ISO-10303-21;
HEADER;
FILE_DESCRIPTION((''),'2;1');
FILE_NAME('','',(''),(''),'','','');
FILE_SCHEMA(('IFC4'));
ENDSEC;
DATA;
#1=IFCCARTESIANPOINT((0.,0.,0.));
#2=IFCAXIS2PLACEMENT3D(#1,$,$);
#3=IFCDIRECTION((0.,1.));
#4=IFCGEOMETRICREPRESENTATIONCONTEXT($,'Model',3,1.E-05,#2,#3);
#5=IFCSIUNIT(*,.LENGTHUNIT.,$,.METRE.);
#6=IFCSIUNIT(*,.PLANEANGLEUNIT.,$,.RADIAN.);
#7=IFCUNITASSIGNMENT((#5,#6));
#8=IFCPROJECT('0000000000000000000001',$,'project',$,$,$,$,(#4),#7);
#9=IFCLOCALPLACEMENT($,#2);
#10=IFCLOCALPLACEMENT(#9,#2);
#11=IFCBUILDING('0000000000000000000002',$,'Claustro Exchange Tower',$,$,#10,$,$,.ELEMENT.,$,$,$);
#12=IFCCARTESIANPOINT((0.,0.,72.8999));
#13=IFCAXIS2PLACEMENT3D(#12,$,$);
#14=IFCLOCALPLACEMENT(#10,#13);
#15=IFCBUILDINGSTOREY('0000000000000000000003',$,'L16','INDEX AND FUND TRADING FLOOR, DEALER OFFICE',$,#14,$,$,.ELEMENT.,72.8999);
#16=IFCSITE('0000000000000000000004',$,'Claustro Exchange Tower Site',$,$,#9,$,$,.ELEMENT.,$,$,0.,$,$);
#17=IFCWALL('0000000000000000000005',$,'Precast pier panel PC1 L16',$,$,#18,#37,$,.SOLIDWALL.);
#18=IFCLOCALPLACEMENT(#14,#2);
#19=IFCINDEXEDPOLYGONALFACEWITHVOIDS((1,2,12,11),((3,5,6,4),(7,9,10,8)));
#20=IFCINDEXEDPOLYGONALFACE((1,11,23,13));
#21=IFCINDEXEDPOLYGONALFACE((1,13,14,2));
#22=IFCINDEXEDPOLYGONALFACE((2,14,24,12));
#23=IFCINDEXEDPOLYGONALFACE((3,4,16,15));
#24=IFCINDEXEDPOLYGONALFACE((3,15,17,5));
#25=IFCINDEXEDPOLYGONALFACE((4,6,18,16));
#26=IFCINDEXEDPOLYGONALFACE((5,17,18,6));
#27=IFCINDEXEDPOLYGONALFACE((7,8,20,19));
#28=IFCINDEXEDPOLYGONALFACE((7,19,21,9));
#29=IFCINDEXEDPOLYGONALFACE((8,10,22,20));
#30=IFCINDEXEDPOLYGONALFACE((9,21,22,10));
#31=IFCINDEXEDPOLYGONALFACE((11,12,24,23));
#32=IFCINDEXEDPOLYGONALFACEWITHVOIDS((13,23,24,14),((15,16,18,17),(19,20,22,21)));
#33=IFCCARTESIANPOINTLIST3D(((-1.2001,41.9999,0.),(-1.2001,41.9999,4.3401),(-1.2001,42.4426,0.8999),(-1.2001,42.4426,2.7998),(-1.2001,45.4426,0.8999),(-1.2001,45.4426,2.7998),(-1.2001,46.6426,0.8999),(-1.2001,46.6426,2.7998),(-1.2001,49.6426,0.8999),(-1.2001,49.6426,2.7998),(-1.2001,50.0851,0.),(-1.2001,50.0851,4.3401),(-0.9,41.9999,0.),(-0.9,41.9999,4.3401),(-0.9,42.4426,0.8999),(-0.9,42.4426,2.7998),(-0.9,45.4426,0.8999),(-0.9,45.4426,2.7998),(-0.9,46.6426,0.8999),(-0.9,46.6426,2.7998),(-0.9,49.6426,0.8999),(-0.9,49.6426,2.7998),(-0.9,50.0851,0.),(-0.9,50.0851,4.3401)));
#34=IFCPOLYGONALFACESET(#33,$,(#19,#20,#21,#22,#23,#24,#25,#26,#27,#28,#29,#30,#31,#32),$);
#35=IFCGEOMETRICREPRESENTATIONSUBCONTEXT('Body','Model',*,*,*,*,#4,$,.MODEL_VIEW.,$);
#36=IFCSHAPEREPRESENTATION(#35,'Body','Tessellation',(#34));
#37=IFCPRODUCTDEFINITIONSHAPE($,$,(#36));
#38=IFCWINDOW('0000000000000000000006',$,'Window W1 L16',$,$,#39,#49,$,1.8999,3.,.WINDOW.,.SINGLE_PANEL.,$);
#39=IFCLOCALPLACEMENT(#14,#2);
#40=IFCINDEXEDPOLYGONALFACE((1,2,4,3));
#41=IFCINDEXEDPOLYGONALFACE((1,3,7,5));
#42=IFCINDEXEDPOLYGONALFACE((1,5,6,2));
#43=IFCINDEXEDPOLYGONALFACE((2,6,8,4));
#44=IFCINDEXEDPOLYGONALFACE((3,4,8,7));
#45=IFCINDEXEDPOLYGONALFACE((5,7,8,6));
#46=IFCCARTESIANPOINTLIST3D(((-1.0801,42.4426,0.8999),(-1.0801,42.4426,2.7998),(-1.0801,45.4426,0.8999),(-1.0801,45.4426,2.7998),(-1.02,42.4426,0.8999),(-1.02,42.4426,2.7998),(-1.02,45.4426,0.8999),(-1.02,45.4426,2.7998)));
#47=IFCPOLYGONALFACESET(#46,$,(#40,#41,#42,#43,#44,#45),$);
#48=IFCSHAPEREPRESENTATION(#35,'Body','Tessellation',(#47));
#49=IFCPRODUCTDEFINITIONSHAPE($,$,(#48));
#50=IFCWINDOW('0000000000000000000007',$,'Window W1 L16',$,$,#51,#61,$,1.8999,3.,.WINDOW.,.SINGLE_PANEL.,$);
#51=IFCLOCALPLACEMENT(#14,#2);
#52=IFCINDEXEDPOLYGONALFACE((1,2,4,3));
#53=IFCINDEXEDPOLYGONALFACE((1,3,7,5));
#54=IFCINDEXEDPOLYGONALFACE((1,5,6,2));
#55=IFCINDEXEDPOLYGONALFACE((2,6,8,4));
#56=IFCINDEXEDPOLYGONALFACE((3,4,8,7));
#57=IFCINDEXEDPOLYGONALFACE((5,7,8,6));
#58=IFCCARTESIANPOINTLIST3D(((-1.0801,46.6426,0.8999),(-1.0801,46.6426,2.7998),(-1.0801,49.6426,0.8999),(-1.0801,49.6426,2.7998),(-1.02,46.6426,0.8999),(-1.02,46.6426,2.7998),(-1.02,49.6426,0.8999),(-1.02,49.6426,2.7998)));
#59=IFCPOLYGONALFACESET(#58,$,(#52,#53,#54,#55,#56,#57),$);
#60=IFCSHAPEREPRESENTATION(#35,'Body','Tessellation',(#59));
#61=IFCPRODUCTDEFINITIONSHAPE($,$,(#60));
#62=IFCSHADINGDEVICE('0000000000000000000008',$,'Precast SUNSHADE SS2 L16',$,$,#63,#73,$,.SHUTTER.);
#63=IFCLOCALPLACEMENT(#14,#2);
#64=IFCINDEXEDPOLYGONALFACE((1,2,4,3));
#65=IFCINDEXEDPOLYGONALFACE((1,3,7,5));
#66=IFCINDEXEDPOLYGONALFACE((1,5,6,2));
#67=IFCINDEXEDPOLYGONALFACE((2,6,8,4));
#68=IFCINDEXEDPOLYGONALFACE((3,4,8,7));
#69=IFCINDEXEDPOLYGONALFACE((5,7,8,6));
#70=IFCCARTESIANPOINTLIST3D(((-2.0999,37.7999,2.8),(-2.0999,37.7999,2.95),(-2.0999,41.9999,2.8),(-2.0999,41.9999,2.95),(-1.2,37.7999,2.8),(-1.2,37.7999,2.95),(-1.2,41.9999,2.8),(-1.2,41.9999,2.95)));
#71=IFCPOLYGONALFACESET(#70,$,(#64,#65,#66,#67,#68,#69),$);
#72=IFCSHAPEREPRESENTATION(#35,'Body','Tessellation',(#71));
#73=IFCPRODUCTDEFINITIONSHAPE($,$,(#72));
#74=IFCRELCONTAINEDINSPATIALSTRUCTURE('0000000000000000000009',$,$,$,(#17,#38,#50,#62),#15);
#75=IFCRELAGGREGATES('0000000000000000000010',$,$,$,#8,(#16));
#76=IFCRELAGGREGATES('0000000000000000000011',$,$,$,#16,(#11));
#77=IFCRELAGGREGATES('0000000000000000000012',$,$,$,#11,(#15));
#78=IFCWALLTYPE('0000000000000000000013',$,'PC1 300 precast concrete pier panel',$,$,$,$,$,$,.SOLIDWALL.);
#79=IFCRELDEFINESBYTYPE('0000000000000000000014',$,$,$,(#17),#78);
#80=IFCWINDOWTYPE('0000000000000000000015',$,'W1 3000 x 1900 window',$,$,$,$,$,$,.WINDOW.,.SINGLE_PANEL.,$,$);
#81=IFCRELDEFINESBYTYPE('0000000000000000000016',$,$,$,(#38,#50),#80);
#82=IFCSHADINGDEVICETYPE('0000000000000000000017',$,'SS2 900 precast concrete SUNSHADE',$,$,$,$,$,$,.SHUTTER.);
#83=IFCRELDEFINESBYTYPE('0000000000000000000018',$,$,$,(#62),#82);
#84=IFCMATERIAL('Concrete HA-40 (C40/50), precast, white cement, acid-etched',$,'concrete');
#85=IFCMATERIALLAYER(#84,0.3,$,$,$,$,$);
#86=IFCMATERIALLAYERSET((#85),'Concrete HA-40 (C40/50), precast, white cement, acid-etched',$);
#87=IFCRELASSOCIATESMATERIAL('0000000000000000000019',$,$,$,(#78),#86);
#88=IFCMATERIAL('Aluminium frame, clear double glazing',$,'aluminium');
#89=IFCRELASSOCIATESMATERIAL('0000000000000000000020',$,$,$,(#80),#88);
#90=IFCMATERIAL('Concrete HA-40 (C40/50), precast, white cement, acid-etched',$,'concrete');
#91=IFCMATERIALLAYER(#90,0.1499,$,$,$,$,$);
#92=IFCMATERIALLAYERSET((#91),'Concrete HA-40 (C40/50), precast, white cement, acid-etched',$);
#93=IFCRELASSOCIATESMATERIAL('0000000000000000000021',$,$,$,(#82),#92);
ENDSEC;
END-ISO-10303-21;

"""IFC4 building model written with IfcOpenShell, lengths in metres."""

from ifc_helpers import new_model, si_unit, direction, frame, frame_2d, origin, origin_2d, place, context, subcontext, project, spatial, rectangle, extrude, material, layer, layer_set, type_object, element, fill, save


model = new_model("IFC4")

# Units and contexts
model_context = context("Model", 3, precision=1e-05, world=origin(), true_north=direction((0.0, 1.0)))
body_context = subcontext(model_context, "Body", "Model", "MODEL_VIEW")
ifc_project = project(units=[si_unit("LENGTHUNIT", "METRE"), si_unit("PLANEANGLEUNIT", "RADIAN")], contexts=[model_context])

# Site, building, storey
site_placement = place(None, origin())
site = spatial("IfcSite", under=ifc_project, at=site_placement, Name="Claustro Exchange Tower Site", CompositionType="ELEMENT", RefElevation=0.0)
building_placement = place(site_placement, origin())
building = spatial("IfcBuilding", under=site, at=building_placement, Name="Claustro Exchange Tower", CompositionType="ELEMENT")
storey_placement = place(building_placement, frame((0.0, 0.0, 72.8999)))
storey = spatial("IfcBuildingStorey", under=building, at=storey_placement, Name="L16", Description="INDEX AND FUND TRADING FLOOR, DEALER OFFICE", CompositionType="ELEMENT", Elevation=72.8999)

# Wall, openings, windows
ifc_material_1 = material(Name="Concrete HA-40 (C40/50), precast, white cement, acid-etched", Category="concrete")
ifc_layer_1 = layer(ifc_material_1, 0.3)
ifc_layer_set_1 = layer_set([ifc_layer_1], Name="Concrete HA-40 (C40/50), precast, white cement, acid-etched")
wall_type_1 = type_object("IfcWallType", Name="PC1 300 precast concrete pier panel", PredefinedType="SOLIDWALL", material=ifc_layer_set_1)
wall_1_placement = place(storey_placement, frame((-1.05, 42.0, 0.0), z_axis=(0.0, 0.0, 1.0), x_axis=(0.0, 1.0, 0.0)))
wall_1 = element("IfcWall", 1, at=wall_1_placement, inside=storey, type_object=wall_type_1, Name="Precast pier panel PC1 L16", PredefinedType="SOLIDWALL", context=body_context, shape_type="SweptSolid", body=[
    extrude(rectangle(XDim=8.0852, YDim=0.3, at=frame_2d((4.0425, 0.0))), origin(), (0.0, 0.0, 1.0), 4.3401),
])
opening_1_placement = place(wall_1_placement, frame((0.4426, 0.0, 0.8999)))
opening_1 = element("IfcOpeningElement", 2, at=opening_1_placement, cuts=wall_1, PredefinedType="OPENING", context=body_context, shape_type="SweptSolid", body=[
    extrude(rectangle(XDim=3.0, YDim=1.8999, at=frame_2d((1.5, 0.95))), frame((0.0, 0.1599, 0.0), z_axis=(0.0, -1.0, 0.0), x_axis=(1.0, 0.0, 0.0)), (0.0, 0.0, 1.0), 0.3201),
])
opening_2_placement = place(wall_1_placement, frame((4.6426, 0.0, 0.8999)))
opening_2 = element("IfcOpeningElement", 3, at=opening_2_placement, cuts=wall_1, PredefinedType="OPENING", context=body_context, shape_type="SweptSolid", body=[
    extrude(rectangle(XDim=3.0, YDim=1.8999, at=frame_2d((1.5, 0.95))), frame((0.0, 0.1599, 0.0), z_axis=(0.0, -1.0, 0.0), x_axis=(1.0, 0.0, 0.0)), (0.0, 0.0, 1.0), 0.3201),
])
ifc_material_2 = material(Name="Aluminium frame, clear double glazing", Category="aluminium")
window_type = type_object("IfcWindowType", Name="W1 3000 x 1900 window", PartitioningType="SINGLE_PANEL", PredefinedType="WINDOW", material=ifc_material_2)
window_1_placement = place(opening_1_placement, origin())
window_1 = element("IfcWindow", 4, at=window_1_placement, inside=storey, type_object=window_type, Name="Window W1 L16", OverallHeight=1.8999, OverallWidth=3.0, PartitioningType="SINGLE_PANEL", PredefinedType="WINDOW", context=body_context, shape_type="SweptSolid", body=[
    extrude(rectangle(XDim=3.0, YDim=1.8999, at=frame_2d((1.5, 0.95))), frame((0.0, 0.03, 0.0), z_axis=(0.0, -1.0, 0.0), x_axis=(1.0, 0.0, 0.0)), (0.0, 0.0, 1.0), 0.0601),
])
fill(opening_1, window_1)
window_2_placement = place(opening_2_placement, origin())
window_2 = element("IfcWindow", 5, at=window_2_placement, inside=storey, type_object=window_type, Name="Window W1 L16", OverallHeight=1.8999, OverallWidth=3.0, PartitioningType="SINGLE_PANEL", PredefinedType="WINDOW", context=body_context, shape_type="SweptSolid", body=[
    extrude(rectangle(XDim=3.0, YDim=1.8999, at=frame_2d((1.5, 0.95))), frame((0.0, 0.03, 0.0), z_axis=(0.0, -1.0, 0.0), x_axis=(1.0, 0.0, 0.0)), (0.0, 0.0, 1.0), 0.0601),
])
fill(opening_2, window_2)

# Shading device
ifc_material_3 = material(Name="Concrete HA-40 (C40/50), precast, white cement, acid-etched", Category="concrete")
ifc_layer_2 = layer(ifc_material_3, 0.1499)
ifc_layer_set_2 = layer_set([ifc_layer_2], Name="Concrete HA-40 (C40/50), precast, white cement, acid-etched")
shading_device_type = type_object("IfcShadingDeviceType", Name="SS2 900 precast concrete SUNSHADE", PredefinedType="SHUTTER", material=ifc_layer_set_2)
shading_device_placement = place(storey_placement, frame((-1.6499, 39.8999, 2.8), z_axis=(0.0, 0.0, 1.0), x_axis=(0.0, 1.0, 0.0)))
element("IfcShadingDevice", 6, at=shading_device_placement, inside=storey, type_object=shading_device_type, Name="Precast SUNSHADE SS2 L16", PredefinedType="SHUTTER", context=body_context, shape_type="SweptSolid", body=[
    extrude(rectangle(XDim=4.2, YDim=0.8999, at=origin_2d()), origin(), (0.0, 0.0, 1.0), 0.1499),
])

save(model, "model.ifc")
